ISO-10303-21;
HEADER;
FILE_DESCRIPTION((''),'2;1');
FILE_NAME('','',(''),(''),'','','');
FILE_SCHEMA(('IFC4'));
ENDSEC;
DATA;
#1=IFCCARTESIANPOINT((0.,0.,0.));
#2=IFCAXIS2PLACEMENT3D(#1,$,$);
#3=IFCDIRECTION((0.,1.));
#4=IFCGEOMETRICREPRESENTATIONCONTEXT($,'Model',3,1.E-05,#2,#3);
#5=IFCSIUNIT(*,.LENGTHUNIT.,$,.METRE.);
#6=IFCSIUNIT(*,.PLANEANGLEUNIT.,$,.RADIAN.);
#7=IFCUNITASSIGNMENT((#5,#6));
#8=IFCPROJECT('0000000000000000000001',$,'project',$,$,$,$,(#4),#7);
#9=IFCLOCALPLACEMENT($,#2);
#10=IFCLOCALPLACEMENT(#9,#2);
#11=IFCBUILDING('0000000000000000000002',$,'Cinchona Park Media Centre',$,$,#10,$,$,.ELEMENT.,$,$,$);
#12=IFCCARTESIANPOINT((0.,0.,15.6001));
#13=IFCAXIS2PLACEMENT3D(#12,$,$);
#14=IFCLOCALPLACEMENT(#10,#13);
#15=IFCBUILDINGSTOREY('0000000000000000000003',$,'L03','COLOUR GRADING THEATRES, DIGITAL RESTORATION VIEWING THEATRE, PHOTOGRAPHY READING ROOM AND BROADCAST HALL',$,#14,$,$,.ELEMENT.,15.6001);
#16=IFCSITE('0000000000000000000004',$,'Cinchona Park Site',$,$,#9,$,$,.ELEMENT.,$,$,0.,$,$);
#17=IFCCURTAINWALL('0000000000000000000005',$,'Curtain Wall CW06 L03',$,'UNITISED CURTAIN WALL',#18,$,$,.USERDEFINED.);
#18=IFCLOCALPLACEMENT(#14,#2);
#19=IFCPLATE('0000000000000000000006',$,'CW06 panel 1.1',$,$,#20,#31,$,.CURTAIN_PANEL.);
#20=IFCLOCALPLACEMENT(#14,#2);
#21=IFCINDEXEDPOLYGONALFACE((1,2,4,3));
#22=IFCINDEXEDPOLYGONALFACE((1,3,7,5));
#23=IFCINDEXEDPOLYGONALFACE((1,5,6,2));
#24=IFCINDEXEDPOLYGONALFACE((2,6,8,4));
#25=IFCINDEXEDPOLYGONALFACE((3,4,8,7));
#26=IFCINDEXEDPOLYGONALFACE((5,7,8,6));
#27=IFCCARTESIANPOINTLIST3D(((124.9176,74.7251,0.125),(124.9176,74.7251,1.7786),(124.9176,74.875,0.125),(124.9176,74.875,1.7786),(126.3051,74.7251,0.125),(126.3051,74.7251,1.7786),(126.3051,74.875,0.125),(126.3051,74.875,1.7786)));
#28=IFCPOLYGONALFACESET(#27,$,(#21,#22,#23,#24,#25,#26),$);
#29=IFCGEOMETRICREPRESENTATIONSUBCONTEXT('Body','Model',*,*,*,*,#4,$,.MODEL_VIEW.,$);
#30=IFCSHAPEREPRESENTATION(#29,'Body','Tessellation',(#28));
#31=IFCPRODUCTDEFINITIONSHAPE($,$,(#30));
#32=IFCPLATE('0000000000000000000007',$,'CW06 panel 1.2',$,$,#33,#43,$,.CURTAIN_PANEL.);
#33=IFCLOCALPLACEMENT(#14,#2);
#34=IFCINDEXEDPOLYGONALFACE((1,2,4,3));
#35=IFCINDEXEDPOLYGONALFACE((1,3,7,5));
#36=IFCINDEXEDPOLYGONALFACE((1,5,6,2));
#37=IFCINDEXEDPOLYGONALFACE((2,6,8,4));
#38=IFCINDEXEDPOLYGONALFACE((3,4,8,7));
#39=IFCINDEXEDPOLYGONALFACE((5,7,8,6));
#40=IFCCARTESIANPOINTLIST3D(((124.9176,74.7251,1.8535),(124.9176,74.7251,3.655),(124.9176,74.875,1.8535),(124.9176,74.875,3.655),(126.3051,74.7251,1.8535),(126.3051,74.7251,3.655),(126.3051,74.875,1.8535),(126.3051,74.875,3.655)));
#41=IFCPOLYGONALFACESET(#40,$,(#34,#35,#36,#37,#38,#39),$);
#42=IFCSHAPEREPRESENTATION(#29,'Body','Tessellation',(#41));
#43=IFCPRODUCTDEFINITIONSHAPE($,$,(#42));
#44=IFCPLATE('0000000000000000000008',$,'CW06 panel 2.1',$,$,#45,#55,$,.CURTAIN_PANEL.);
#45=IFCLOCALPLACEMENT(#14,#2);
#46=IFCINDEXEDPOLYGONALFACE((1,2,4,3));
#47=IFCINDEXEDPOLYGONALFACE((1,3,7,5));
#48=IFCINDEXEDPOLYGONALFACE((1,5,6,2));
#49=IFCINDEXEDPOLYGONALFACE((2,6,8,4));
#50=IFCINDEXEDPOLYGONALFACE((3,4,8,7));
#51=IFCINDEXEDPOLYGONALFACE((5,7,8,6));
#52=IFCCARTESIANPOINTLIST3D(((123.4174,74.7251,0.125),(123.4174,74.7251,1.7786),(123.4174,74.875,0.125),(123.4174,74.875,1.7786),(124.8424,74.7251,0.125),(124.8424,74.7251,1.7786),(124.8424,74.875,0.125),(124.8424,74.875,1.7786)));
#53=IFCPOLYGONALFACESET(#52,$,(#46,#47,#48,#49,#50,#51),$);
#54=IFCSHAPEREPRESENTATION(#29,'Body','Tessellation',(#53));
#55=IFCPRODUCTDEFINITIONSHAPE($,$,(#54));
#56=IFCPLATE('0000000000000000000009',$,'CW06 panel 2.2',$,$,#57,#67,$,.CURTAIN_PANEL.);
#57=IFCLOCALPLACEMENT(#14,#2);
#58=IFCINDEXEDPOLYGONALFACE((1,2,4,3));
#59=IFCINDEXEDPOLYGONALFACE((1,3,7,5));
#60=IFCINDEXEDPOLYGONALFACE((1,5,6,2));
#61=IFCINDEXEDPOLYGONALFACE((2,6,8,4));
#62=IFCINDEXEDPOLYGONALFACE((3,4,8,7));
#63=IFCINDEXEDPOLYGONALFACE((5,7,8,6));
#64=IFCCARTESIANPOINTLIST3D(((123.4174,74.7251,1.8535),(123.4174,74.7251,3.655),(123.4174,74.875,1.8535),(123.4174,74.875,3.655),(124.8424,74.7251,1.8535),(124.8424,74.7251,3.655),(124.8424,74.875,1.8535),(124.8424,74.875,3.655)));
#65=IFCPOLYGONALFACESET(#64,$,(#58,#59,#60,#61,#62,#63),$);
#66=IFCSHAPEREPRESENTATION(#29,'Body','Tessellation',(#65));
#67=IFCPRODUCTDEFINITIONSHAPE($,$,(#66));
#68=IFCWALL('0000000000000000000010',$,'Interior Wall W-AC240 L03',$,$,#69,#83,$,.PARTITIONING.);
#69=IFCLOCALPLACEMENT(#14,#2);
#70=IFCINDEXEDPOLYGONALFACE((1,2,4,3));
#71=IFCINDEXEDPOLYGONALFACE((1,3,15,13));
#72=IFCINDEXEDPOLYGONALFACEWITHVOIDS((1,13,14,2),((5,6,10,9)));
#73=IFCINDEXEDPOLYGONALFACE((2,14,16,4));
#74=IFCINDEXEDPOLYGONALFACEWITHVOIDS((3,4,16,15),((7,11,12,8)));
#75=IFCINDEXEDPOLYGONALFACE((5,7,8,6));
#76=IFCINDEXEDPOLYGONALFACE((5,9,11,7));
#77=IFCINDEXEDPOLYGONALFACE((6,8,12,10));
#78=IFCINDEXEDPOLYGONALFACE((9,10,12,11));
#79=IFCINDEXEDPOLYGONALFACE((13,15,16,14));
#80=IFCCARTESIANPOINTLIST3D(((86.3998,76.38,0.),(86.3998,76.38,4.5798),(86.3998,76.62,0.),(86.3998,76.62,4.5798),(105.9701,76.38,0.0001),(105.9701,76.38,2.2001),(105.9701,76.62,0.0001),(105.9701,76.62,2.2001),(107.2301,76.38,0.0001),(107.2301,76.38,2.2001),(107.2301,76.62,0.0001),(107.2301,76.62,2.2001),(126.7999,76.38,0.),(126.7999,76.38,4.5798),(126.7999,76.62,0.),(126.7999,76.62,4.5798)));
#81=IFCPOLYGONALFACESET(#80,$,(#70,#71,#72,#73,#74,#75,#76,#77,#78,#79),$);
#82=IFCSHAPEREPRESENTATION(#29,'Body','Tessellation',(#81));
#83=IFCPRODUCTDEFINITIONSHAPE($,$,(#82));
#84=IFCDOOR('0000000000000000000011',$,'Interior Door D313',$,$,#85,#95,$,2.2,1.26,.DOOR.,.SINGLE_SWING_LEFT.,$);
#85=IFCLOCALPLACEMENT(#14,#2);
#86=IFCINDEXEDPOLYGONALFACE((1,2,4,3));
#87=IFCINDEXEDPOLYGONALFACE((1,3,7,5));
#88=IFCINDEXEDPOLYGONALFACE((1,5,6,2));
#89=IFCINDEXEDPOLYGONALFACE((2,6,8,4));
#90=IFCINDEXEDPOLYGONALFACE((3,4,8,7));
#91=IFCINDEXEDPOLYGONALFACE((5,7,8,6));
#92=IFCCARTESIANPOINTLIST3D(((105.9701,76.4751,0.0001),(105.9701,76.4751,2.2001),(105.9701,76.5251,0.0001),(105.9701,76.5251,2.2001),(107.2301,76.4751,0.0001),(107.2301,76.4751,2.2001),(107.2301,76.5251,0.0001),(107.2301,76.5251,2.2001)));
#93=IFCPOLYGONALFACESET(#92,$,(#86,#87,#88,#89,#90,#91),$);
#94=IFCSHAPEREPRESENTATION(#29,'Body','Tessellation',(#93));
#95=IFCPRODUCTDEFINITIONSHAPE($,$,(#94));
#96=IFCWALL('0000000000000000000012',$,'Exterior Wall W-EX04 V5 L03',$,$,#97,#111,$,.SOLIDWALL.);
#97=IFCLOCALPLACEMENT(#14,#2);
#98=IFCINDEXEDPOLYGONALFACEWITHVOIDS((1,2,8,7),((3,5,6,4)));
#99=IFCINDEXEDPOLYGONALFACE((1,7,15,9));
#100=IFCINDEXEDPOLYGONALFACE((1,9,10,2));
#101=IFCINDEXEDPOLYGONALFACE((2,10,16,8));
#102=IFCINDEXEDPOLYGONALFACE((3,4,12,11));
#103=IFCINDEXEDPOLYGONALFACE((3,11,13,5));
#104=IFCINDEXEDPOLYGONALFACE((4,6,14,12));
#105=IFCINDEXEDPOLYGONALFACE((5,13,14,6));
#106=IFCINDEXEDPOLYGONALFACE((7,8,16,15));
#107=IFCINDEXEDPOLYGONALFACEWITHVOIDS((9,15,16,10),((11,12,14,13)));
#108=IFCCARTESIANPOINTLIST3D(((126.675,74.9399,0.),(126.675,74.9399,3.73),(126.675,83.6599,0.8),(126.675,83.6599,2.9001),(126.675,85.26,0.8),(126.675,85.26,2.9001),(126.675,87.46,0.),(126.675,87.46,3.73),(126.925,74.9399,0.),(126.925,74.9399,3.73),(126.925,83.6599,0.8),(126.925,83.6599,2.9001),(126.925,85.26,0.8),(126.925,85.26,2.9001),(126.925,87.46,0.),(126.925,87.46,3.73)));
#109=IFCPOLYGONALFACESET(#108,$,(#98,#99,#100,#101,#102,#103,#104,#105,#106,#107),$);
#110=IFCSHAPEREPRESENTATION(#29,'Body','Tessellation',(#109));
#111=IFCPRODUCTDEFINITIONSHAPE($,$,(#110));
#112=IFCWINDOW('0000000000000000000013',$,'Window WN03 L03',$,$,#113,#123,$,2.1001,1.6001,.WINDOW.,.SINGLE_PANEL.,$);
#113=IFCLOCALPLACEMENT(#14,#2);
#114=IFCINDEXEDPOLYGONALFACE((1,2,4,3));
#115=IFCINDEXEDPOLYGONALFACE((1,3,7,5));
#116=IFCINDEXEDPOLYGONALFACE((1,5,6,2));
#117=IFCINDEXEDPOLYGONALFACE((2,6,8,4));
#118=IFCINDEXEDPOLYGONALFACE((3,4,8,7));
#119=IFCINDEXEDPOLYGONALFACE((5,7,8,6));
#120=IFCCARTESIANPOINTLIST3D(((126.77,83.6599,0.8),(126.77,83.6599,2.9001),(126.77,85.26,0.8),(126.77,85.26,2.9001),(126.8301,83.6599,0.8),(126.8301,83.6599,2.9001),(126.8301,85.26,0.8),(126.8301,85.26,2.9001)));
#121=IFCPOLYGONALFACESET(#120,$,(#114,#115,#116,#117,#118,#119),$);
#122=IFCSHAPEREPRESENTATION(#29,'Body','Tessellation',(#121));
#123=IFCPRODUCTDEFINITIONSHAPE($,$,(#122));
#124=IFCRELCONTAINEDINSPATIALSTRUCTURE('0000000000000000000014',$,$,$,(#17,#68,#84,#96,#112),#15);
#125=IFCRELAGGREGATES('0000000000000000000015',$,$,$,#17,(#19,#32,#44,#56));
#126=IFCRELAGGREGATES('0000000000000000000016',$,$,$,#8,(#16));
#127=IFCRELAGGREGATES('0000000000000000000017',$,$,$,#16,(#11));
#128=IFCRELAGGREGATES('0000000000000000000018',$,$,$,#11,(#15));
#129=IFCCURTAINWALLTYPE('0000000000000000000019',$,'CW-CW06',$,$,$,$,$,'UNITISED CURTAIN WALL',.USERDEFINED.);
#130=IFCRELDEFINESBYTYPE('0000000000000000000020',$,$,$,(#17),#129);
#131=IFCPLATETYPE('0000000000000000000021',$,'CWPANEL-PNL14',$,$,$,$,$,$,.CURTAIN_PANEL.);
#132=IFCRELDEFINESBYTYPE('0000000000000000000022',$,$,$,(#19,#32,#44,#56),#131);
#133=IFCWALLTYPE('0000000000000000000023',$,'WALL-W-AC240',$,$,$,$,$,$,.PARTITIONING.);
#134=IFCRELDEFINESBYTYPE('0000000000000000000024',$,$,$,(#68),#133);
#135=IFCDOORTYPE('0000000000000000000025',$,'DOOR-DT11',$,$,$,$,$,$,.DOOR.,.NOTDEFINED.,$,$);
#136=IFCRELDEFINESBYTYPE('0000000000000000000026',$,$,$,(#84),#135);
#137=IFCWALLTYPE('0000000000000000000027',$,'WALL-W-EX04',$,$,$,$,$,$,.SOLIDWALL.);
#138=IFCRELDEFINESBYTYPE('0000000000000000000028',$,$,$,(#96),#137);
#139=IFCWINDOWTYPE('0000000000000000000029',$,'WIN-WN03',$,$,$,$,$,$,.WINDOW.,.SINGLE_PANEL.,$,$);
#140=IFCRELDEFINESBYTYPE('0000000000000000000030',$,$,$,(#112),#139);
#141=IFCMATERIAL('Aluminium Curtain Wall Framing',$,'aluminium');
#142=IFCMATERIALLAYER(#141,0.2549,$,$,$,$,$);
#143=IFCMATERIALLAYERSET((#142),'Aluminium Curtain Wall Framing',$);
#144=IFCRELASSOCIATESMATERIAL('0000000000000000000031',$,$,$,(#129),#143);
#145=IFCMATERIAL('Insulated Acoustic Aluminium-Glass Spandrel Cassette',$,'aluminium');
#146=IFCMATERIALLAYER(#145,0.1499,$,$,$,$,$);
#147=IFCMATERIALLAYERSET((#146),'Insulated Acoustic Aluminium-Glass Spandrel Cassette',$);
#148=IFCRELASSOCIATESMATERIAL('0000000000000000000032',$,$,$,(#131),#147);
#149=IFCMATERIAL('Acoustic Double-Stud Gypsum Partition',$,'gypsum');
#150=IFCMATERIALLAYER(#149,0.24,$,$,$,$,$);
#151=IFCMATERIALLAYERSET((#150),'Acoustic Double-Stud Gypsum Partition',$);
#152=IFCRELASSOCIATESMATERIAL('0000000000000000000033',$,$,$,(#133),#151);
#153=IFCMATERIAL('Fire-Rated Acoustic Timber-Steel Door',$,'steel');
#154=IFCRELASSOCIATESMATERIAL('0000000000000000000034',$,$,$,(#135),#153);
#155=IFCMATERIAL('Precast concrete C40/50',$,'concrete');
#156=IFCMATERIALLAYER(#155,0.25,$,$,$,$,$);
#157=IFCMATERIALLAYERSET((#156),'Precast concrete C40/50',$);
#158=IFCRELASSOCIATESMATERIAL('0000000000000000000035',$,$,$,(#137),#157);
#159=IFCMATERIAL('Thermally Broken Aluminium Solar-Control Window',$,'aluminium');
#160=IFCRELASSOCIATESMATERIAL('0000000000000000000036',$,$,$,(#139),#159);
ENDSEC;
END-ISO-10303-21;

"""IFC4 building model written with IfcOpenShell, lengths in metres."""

from ifc_helpers import new_model, si_unit, direction, frame, frame_2d, origin, origin_2d, place, context, subcontext, project, spatial, rectangle, extrude, material, layer, layer_set, type_object, element, fill, aggregate, save


model = new_model("IFC4")

# Units and contexts
model_context = context("Model", 3, precision=1e-05, world=origin(), true_north=direction((0.0, 1.0)))
body_context = subcontext(model_context, "Body", "Model", "MODEL_VIEW")
ifc_project = project(units=[si_unit("LENGTHUNIT", "METRE"), si_unit("PLANEANGLEUNIT", "RADIAN")], contexts=[model_context])

# Site, building, storey
site_placement = place(None, origin())
site = spatial("IfcSite", under=ifc_project, at=site_placement, Name="Cinchona Park Site", CompositionType="ELEMENT", RefElevation=0.0)
building_placement = place(site_placement, origin())
building = spatial("IfcBuilding", under=site, at=building_placement, Name="Cinchona Park Media Centre", CompositionType="ELEMENT")
storey_placement = place(building_placement, frame((0.0, 0.0, 15.6001)))
storey = spatial("IfcBuildingStorey", under=building, at=storey_placement, Name="L03", Description="COLOUR GRADING THEATRES, DIGITAL RESTORATION VIEWING THEATRE, PHOTOGRAPHY READING ROOM AND BROADCAST HALL", CompositionType="ELEMENT", Elevation=15.6001)

# Curtain wall, plates
ifc_material_1 = material(Name="Aluminium Curtain Wall Framing", Category="aluminium")
ifc_layer_1 = layer(ifc_material_1, 0.2549)
ifc_layer_set_1 = layer_set([ifc_layer_1], Name="Aluminium Curtain Wall Framing")
curtain_wall_type = type_object("IfcCurtainWallType", Name="CW-CW06", ElementType="UNITISED CURTAIN WALL", PredefinedType="USERDEFINED", material=ifc_layer_set_1)
curtain_wall_placement = place(storey_placement, origin())
curtain_wall = element("IfcCurtainWall", 1, at=curtain_wall_placement, inside=storey, type_object=curtain_wall_type, Name="Curtain Wall CW06 L03", ObjectType="UNITISED CURTAIN WALL", PredefinedType="USERDEFINED")
ifc_material_2 = material(Name="Insulated Acoustic Aluminium-Glass Spandrel Cassette", Category="aluminium")
ifc_layer_2 = layer(ifc_material_2, 0.1499)
ifc_layer_set_2 = layer_set([ifc_layer_2], Name="Insulated Acoustic Aluminium-Glass Spandrel Cassette")
plate_type = type_object("IfcPlateType", Name="CWPANEL-PNL14", PredefinedType="CURTAIN_PANEL", material=ifc_layer_set_2)
plate_1_placement = place(storey_placement, frame((125.6113, 74.8, 0.125), z_axis=(0.0, 0.0, 1.0), x_axis=(-1.0, 0.0, 0.0)))
plate_1 = element("IfcPlate", 2, at=plate_1_placement, type_object=plate_type, Name="CW06 panel 1.1", PredefinedType="CURTAIN_PANEL", context=body_context, shape_type="SweptSolid", body=[
    extrude(rectangle(XDim=1.3875, YDim=0.1499, at=origin_2d()), origin(), (0.0, 0.0, 1.0), 1.6536),
])
plate_2_placement = place(storey_placement, frame((125.6113, 74.8, 1.8535), z_axis=(0.0, 0.0, 1.0), x_axis=(-1.0, 0.0, 0.0)))
plate_2 = element("IfcPlate", 3, at=plate_2_placement, type_object=plate_type, Name="CW06 panel 1.2", PredefinedType="CURTAIN_PANEL", context=body_context, shape_type="SweptSolid", body=[
    extrude(rectangle(XDim=1.3875, YDim=0.1499, at=origin_2d()), origin(), (0.0, 0.0, 1.0), 1.8015),
])
plate_3_placement = place(storey_placement, frame((124.1299, 74.8, 0.125), z_axis=(0.0, 0.0, 1.0), x_axis=(-1.0, 0.0, 0.0)))
plate_3 = element("IfcPlate", 4, at=plate_3_placement, type_object=plate_type, Name="CW06 panel 2.1", PredefinedType="CURTAIN_PANEL", context=body_context, shape_type="SweptSolid", body=[
    extrude(rectangle(XDim=1.425, YDim=0.1499, at=origin_2d()), origin(), (0.0, 0.0, 1.0), 1.6536),
])
plate_4_placement = place(storey_placement, frame((124.1299, 74.8, 1.8535), z_axis=(0.0, 0.0, 1.0), x_axis=(-1.0, 0.0, 0.0)))
plate_4 = element("IfcPlate", 5, at=plate_4_placement, type_object=plate_type, Name="CW06 panel 2.2", PredefinedType="CURTAIN_PANEL", context=body_context, shape_type="SweptSolid", body=[
    extrude(rectangle(XDim=1.425, YDim=0.1499, at=origin_2d()), origin(), (0.0, 0.0, 1.0), 1.8015),
])
aggregate(curtain_wall, [plate_1, plate_2, plate_3, plate_4])

# Wall, opening, door
ifc_material_3 = material(Name="Acoustic Double-Stud Gypsum Partition", Category="gypsum")
ifc_layer_3 = layer(ifc_material_3, 0.24)
ifc_layer_set_3 = layer_set([ifc_layer_3], Name="Acoustic Double-Stud Gypsum Partition")
wall_type_1 = type_object("IfcWallType", Name="WALL-W-AC240", PredefinedType="PARTITIONING", material=ifc_layer_set_3)
wall_1_placement = place(storey_placement, frame((126.8, 76.5, 0.0), z_axis=(0.0, 0.0, 1.0), x_axis=(-1.0, 0.0, 0.0)))
wall_1 = element("IfcWall", 6, at=wall_1_placement, inside=storey, type_object=wall_type_1, Name="Interior Wall W-AC240 L03", PredefinedType="PARTITIONING", context=body_context, shape_type="SweptSolid", body=[
    extrude(rectangle(XDim=40.4001, YDim=0.24, at=frame_2d((20.2002, 0.0))), origin(), (0.0, 0.0, 1.0), 4.5798),
])
opening_1_placement = place(wall_1_placement, frame((19.5701, 0.0, 0.0)))
opening_1 = element("IfcOpeningElement", 7, at=opening_1_placement, cuts=wall_1, PredefinedType="OPENING", context=body_context, shape_type="SweptSolid", body=[
    extrude(rectangle(XDim=1.26, YDim=2.2, at=frame_2d((0.6299, 1.1001))), frame((0.0, 0.1299, 0.0), z_axis=(0.0, -1.0, 0.0), x_axis=(1.0, 0.0, 0.0)), (0.0, 0.0, 1.0), 0.26),
])
ifc_material_4 = material(Name="Fire-Rated Acoustic Timber-Steel Door", Category="steel")
door_type = type_object("IfcDoorType", Name="DOOR-DT11", OperationType="NOTDEFINED", PredefinedType="DOOR", material=ifc_material_4)
door_placement = place(opening_1_placement, origin())
door = element("IfcDoor", 8, at=door_placement, inside=storey, type_object=door_type, Name="Interior Door D313", OperationType="SINGLE_SWING_LEFT", OverallHeight=2.2, OverallWidth=1.26, PredefinedType="DOOR", context=body_context, shape_type="SweptSolid", body=[
    extrude(rectangle(XDim=1.26, YDim=2.2, at=frame_2d((0.6299, 1.1001))), frame((0.0, 0.0249, 0.0), z_axis=(0.0, -1.0, 0.0), x_axis=(1.0, 0.0, 0.0)), (0.0, 0.0, 1.0), 0.05),
])
fill(opening_1, door)

# Wall, opening, window
ifc_material_5 = material(Name="Precast concrete C40/50", Category="concrete")
ifc_layer_4 = layer(ifc_material_5, 0.25)
ifc_layer_set_4 = layer_set([ifc_layer_4], Name="Precast concrete C40/50")
wall_type_2 = type_object("IfcWallType", Name="WALL-W-EX04", PredefinedType="SOLIDWALL", material=ifc_layer_set_4)
wall_2_placement = place(storey_placement, frame((126.8, 87.46, 0.0), z_axis=(0.0, 0.0, 1.0), x_axis=(0.0, -1.0, 0.0)))
wall_2 = element("IfcWall", 9, at=wall_2_placement, inside=storey, type_object=wall_type_2, Name="Exterior Wall W-EX04 V5 L03", PredefinedType="SOLIDWALL", context=body_context, shape_type="SweptSolid", body=[
    extrude(rectangle(XDim=12.52, YDim=0.25, at=frame_2d((6.26, 0.0))), origin(), (0.0, 0.0, 1.0), 3.73),
])
opening_2_placement = place(wall_2_placement, frame((2.2, 0.0, 0.8)))
opening_2 = element("IfcOpeningElement", 10, at=opening_2_placement, cuts=wall_2, PredefinedType="OPENING", context=body_context, shape_type="SweptSolid", body=[
    extrude(rectangle(XDim=1.6001, YDim=2.1001, at=frame_2d((0.8, 1.05))), frame((0.0, 0.135, 0.0), z_axis=(0.0, -1.0, 0.0), x_axis=(1.0, 0.0, 0.0)), (0.0, 0.0, 1.0), 0.27),
])
ifc_material_6 = material(Name="Thermally Broken Aluminium Solar-Control Window", Category="aluminium")
window_type = type_object("IfcWindowType", Name="WIN-WN03", PartitioningType="SINGLE_PANEL", PredefinedType="WINDOW", material=ifc_material_6)
window_placement = place(opening_2_placement, origin())
window = element("IfcWindow", 11, at=window_placement, inside=storey, type_object=window_type, Name="Window WN03 L03", OverallHeight=2.1001, OverallWidth=1.6001, PartitioningType="SINGLE_PANEL", PredefinedType="WINDOW", context=body_context, shape_type="SweptSolid", body=[
    extrude(rectangle(XDim=1.6001, YDim=2.1001, at=frame_2d((0.8, 1.05))), frame((0.0, 0.03, 0.0), z_axis=(0.0, -1.0, 0.0), x_axis=(1.0, 0.0, 0.0)), (0.0, 0.0, 1.0), 0.0601),
])
fill(opening_2, window)

save(model, "model.ifc")
